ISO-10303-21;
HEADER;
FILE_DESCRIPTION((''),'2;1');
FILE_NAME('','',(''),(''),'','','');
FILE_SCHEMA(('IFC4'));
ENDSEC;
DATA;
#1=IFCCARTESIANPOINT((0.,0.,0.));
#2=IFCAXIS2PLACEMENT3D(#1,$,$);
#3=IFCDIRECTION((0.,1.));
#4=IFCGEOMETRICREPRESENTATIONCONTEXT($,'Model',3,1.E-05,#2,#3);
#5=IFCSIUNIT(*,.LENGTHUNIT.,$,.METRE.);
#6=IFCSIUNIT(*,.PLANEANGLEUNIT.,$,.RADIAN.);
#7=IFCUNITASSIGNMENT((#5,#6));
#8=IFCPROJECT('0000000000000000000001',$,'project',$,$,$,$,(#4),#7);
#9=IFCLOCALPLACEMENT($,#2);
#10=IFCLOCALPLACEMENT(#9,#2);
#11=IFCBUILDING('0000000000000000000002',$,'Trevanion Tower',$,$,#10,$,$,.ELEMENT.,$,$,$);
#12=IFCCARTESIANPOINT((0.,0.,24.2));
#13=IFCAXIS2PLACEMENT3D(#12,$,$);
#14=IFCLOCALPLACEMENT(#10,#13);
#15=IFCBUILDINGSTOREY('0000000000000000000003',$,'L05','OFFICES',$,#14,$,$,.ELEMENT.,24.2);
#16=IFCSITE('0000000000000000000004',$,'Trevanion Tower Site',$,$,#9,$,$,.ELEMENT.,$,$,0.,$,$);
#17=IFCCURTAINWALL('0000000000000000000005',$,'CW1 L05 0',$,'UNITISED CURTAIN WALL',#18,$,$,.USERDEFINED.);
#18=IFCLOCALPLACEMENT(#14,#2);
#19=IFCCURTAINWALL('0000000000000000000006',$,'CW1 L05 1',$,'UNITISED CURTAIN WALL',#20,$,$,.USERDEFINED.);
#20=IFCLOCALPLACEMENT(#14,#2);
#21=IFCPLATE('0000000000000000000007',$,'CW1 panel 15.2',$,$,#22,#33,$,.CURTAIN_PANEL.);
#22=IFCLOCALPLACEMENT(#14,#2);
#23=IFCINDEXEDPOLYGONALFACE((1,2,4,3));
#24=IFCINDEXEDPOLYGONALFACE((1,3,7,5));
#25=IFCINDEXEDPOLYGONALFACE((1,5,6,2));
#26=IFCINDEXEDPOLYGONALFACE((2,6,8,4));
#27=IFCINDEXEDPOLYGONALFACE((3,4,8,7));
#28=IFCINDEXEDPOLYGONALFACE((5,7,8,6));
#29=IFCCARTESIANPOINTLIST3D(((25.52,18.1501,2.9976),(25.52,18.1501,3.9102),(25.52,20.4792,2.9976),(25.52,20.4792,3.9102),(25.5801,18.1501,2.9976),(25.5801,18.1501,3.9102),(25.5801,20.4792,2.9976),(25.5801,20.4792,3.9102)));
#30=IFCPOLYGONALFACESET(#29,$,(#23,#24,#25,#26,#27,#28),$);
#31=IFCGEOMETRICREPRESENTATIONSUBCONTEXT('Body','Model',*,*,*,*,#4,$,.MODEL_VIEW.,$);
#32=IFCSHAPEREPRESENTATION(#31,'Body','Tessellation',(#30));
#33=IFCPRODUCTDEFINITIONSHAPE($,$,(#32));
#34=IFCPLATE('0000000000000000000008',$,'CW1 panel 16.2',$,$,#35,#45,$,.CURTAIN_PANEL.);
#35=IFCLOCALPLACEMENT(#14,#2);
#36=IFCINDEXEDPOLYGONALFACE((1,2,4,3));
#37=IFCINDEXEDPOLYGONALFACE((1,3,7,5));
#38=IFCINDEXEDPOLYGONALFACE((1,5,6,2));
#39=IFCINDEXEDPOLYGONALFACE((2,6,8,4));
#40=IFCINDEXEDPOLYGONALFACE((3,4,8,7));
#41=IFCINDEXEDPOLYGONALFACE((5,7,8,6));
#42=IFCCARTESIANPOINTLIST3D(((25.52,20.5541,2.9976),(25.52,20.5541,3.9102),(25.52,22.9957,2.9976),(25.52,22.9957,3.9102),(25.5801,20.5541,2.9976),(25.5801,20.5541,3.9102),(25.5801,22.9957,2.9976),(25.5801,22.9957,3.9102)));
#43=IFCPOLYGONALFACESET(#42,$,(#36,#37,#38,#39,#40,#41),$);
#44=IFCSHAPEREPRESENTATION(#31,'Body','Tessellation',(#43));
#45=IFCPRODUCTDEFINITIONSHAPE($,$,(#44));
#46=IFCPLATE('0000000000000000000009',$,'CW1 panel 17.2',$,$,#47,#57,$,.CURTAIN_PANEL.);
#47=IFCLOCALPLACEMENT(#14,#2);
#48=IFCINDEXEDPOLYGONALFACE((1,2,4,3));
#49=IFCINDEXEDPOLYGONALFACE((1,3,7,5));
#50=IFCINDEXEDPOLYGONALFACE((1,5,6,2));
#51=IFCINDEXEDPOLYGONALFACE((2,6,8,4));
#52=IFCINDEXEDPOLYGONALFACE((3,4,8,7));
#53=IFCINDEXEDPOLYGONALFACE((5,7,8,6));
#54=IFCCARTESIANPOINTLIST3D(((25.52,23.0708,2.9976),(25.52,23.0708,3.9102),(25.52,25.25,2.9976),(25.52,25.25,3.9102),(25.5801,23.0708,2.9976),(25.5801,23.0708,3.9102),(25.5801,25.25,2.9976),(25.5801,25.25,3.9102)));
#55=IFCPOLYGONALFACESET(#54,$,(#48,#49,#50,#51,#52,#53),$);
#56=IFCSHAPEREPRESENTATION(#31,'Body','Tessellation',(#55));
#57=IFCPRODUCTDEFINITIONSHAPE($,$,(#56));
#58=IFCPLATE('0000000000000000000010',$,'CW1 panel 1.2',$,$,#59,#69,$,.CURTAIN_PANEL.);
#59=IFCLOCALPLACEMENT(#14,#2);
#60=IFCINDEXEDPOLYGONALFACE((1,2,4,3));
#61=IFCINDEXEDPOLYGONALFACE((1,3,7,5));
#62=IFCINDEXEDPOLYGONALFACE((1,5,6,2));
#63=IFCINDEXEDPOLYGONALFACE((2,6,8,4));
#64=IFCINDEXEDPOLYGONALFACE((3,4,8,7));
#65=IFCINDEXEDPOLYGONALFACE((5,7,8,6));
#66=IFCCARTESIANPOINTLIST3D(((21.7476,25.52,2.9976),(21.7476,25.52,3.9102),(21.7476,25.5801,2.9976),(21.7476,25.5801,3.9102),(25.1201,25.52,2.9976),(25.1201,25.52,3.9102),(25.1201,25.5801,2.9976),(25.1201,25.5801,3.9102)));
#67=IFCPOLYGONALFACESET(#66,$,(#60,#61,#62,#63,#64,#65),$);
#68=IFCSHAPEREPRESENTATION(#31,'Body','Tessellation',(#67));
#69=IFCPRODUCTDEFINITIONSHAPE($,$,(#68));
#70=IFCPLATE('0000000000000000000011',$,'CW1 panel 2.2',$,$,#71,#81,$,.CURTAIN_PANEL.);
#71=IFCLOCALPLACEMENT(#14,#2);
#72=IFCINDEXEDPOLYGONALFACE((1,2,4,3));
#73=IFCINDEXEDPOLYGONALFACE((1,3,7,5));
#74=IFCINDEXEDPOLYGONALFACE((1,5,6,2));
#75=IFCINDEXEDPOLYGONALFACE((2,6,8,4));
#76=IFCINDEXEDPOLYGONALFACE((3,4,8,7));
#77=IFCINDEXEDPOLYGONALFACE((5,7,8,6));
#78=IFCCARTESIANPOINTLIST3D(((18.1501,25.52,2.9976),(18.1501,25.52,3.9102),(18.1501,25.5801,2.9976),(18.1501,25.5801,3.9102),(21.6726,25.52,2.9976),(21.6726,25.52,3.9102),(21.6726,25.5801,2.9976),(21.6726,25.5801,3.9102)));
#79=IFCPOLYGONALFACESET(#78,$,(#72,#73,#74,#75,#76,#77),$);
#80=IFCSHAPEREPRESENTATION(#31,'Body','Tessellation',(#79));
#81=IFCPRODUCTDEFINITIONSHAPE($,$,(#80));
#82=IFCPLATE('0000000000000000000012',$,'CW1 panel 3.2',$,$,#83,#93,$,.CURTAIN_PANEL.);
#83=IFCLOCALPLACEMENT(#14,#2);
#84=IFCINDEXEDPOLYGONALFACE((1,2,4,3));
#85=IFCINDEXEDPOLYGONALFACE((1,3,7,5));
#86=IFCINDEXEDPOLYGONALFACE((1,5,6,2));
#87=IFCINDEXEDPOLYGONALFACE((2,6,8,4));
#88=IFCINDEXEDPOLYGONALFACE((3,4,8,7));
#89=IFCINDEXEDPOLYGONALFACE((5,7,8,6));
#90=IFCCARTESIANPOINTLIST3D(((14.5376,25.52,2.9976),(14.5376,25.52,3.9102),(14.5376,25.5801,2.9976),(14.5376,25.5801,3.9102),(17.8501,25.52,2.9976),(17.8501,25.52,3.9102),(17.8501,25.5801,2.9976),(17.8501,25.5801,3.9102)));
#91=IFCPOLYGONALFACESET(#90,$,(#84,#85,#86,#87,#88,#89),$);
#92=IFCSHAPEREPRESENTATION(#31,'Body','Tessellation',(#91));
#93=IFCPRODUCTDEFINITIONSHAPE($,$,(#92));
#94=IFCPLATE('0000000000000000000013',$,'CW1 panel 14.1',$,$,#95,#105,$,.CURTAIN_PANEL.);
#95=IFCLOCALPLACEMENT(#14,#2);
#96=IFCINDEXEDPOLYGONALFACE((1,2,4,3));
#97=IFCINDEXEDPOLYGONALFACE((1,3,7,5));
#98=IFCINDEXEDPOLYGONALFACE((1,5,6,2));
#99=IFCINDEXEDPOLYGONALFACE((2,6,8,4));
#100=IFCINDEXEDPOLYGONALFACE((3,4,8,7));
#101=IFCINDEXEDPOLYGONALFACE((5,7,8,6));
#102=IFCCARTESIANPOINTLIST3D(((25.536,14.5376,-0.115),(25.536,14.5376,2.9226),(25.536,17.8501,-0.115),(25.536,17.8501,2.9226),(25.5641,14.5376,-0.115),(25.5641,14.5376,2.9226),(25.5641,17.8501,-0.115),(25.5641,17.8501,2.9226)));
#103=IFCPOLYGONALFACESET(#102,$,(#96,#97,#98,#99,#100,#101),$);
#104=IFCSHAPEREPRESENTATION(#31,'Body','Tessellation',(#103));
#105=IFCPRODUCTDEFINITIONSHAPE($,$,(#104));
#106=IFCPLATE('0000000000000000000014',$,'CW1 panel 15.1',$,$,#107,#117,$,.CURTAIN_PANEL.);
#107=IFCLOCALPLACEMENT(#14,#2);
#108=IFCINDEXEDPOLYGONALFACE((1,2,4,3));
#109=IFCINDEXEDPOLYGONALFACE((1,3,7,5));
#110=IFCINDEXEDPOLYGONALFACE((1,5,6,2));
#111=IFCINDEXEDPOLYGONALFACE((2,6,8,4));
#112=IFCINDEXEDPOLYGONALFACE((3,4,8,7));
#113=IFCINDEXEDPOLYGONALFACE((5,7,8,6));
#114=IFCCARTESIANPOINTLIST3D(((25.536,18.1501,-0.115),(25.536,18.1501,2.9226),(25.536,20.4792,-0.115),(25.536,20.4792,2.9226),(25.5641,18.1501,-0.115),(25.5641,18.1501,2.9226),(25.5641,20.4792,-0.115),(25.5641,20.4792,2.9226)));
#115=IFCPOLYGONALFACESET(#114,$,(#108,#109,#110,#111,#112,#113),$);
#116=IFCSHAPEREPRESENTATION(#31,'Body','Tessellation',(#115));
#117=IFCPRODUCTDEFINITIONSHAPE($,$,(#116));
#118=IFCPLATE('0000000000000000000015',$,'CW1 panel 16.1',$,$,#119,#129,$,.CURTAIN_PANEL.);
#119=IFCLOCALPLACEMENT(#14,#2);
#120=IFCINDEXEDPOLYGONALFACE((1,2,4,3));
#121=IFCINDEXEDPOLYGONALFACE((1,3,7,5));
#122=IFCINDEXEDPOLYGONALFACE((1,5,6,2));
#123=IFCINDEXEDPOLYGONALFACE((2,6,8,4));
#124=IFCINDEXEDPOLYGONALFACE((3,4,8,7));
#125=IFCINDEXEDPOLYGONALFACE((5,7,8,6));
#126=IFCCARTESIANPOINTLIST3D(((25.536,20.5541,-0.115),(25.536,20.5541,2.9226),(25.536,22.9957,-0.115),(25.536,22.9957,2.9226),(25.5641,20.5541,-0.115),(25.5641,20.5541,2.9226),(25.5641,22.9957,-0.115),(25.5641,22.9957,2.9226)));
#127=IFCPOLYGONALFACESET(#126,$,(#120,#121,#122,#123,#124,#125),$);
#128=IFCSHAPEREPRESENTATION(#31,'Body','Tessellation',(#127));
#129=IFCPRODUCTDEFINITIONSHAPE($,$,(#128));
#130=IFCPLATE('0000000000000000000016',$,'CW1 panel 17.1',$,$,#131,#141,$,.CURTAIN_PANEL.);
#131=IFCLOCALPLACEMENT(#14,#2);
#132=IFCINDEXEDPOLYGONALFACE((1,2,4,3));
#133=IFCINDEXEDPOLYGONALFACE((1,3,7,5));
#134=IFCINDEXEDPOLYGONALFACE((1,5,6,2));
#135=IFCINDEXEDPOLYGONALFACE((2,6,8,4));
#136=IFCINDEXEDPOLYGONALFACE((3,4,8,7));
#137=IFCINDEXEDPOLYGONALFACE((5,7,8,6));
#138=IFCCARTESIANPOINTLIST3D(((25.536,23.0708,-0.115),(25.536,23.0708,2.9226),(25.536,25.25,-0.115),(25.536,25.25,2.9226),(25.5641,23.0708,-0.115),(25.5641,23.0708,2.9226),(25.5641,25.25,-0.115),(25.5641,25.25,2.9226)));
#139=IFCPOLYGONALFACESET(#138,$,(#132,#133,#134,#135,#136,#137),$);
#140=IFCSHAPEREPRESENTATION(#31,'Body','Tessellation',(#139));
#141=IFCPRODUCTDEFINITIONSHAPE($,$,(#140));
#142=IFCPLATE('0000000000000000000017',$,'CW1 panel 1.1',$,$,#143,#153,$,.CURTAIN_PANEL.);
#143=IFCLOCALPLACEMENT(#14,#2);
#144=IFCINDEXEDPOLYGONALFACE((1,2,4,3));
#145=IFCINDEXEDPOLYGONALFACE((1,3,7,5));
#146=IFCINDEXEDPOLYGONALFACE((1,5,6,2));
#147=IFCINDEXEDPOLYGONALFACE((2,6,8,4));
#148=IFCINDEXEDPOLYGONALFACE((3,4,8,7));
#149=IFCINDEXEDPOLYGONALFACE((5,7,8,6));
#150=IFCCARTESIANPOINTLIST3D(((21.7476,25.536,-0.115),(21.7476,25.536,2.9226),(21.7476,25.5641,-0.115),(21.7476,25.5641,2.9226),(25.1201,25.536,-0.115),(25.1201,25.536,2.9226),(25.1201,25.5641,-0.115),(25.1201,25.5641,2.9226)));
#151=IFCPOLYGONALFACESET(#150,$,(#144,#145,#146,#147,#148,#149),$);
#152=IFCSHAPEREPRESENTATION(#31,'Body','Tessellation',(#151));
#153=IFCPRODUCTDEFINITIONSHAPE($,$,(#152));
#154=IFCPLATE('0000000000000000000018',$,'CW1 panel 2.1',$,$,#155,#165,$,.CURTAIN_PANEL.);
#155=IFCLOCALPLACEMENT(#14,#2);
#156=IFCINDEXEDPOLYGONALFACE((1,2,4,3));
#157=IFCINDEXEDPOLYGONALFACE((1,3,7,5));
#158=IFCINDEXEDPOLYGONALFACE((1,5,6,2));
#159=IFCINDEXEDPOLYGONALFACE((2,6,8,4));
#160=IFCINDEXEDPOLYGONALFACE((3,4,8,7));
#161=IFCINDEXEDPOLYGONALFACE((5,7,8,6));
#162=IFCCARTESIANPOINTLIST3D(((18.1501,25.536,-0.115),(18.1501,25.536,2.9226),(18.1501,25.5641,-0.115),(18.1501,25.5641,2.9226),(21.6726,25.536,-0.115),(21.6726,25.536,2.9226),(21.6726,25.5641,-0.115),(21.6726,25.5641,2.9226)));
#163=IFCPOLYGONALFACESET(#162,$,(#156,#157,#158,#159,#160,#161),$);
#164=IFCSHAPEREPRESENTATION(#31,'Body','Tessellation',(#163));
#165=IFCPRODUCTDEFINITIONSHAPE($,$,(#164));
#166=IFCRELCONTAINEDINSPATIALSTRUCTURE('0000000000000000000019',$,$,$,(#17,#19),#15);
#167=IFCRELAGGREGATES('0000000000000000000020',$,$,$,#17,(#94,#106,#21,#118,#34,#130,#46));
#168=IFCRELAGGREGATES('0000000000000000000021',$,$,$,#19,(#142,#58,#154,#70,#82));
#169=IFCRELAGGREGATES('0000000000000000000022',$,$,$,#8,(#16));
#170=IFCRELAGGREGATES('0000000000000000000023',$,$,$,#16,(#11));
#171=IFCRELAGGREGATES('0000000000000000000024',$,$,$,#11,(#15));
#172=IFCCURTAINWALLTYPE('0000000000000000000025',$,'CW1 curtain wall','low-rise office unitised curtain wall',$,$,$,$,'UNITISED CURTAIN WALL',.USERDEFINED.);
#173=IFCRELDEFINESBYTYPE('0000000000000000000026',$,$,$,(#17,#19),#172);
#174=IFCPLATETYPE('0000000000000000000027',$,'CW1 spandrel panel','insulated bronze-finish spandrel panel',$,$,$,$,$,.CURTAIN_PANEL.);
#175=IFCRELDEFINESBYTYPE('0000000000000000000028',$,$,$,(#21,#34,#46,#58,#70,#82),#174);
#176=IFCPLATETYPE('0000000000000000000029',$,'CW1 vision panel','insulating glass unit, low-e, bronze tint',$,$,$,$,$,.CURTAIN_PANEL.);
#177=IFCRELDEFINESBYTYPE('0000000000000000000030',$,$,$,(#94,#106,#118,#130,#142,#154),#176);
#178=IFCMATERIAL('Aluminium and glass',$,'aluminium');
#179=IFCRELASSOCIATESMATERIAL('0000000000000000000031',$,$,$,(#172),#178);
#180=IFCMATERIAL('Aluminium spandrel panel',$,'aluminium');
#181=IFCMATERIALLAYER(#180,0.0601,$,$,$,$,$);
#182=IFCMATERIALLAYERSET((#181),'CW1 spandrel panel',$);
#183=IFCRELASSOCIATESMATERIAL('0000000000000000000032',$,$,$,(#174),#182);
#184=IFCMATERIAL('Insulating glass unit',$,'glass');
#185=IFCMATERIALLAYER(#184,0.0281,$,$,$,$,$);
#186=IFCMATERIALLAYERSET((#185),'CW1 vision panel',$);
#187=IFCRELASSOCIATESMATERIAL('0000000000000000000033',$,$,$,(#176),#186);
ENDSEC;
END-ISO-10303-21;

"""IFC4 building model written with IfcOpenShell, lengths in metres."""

from ifc_helpers import new_model, si_unit, direction, frame, origin, origin_2d, place, context, subcontext, project, spatial, rectangle, extrude, material, layer, layer_set, type_object, element, aggregate, save


model = new_model("IFC4")

# Units and contexts
model_context = context("Model", 3, precision=1e-05, world=origin(), true_north=direction((0.0, 1.0)))
body_context = subcontext(model_context, "Body", "Model", "MODEL_VIEW")
ifc_project = project(units=[si_unit("LENGTHUNIT", "METRE"), si_unit("PLANEANGLEUNIT", "RADIAN")], contexts=[model_context])

# Site, building, storey
site_placement = place(None, origin())
site = spatial("IfcSite", under=ifc_project, at=site_placement, Name="Trevanion Tower Site", CompositionType="ELEMENT", RefElevation=0.0)
building_placement = place(site_placement, origin())
building = spatial("IfcBuilding", under=site, at=building_placement, Name="Trevanion Tower", CompositionType="ELEMENT")
storey_placement = place(building_placement, frame((0.0, 0.0, 24.2)))
storey = spatial("IfcBuildingStorey", under=building, at=storey_placement, Name="L05", Description="OFFICES", CompositionType="ELEMENT", Elevation=24.2)

# Curtain wall
ifc_material_1 = material(Name="Aluminium and glass", Category="aluminium")
curtain_wall_type = type_object("IfcCurtainWallType", Name="CW1 curtain wall", Description="low-rise office unitised curtain wall", ElementType="UNITISED CURTAIN WALL", PredefinedType="USERDEFINED", material=ifc_material_1)
curtain_wall_1_placement = place(storey_placement, origin())
curtain_wall_1 = element("IfcCurtainWall", 1, at=curtain_wall_1_placement, inside=storey, type_object=curtain_wall_type, Name="CW1 L05 0", ObjectType="UNITISED CURTAIN WALL", PredefinedType="USERDEFINED")

# Curtain wall
curtain_wall_2_placement = place(storey_placement, origin())
curtain_wall_2 = element("IfcCurtainWall", 2, at=curtain_wall_2_placement, inside=storey, type_object=curtain_wall_type, Name="CW1 L05 1", ObjectType="UNITISED CURTAIN WALL", PredefinedType="USERDEFINED")

# Plates
ifc_material_2 = material(Name="Aluminium spandrel panel", Category="aluminium")
ifc_layer_1 = layer(ifc_material_2, 0.0601)
ifc_layer_set_1 = layer_set([ifc_layer_1], Name="CW1 spandrel panel")
plate_type_1 = type_object("IfcPlateType", Name="CW1 spandrel panel", Description="insulated bronze-finish spandrel panel", PredefinedType="CURTAIN_PANEL", material=ifc_layer_set_1)
plate_1_placement = place(storey_placement, frame((25.55, 19.3147, 2.9976), z_axis=(0.0, 0.0, 1.0), x_axis=(0.0, 1.0, 0.0)))
plate_1 = element("IfcPlate", 3, at=plate_1_placement, type_object=plate_type_1, Name="CW1 panel 15.2", PredefinedType="CURTAIN_PANEL", context=body_context, shape_type="SweptSolid", body=[
    extrude(rectangle(XDim=2.3291, YDim=0.0601, at=origin_2d()), origin(), (0.0, 0.0, 1.0), 0.9126),
])
plate_2_placement = place(storey_placement, frame((25.55, 21.7749, 2.9976), z_axis=(0.0, 0.0, 1.0), x_axis=(0.0, 1.0, 0.0)))
plate_2 = element("IfcPlate", 4, at=plate_2_placement, type_object=plate_type_1, Name="CW1 panel 16.2", PredefinedType="CURTAIN_PANEL", context=body_context, shape_type="SweptSolid", body=[
    extrude(rectangle(XDim=2.4417, YDim=0.0601, at=origin_2d()), origin(), (0.0, 0.0, 1.0), 0.9126),
])
plate_3_placement = place(storey_placement, frame((25.55, 24.1604, 2.9976), z_axis=(0.0, 0.0, 1.0), x_axis=(0.0, 1.0, 0.0)))
plate_3 = element("IfcPlate", 5, at=plate_3_placement, type_object=plate_type_1, Name="CW1 panel 17.2", PredefinedType="CURTAIN_PANEL", context=body_context, shape_type="SweptSolid", body=[
    extrude(rectangle(XDim=2.1792, YDim=0.0601, at=origin_2d()), origin(), (0.0, 0.0, 1.0), 0.9126),
])
plate_4_placement = place(storey_placement, frame((23.4338, 25.55, 2.9976), z_axis=(0.0, 0.0, 1.0), x_axis=(-1.0, 0.0, 0.0)))
plate_4 = element("IfcPlate", 6, at=plate_4_placement, type_object=plate_type_1, Name="CW1 panel 1.2", PredefinedType="CURTAIN_PANEL", context=body_context, shape_type="SweptSolid", body=[
    extrude(rectangle(XDim=3.3726, YDim=0.0601, at=origin_2d()), origin(), (0.0, 0.0, 1.0), 0.9126),
])
plate_5_placement = place(storey_placement, frame((19.9114, 25.55, 2.9976), z_axis=(0.0, 0.0, 1.0), x_axis=(-1.0, 0.0, 0.0)))
plate_5 = element("IfcPlate", 7, at=plate_5_placement, type_object=plate_type_1, Name="CW1 panel 2.2", PredefinedType="CURTAIN_PANEL", context=body_context, shape_type="SweptSolid", body=[
    extrude(rectangle(XDim=3.5225, YDim=0.0601, at=origin_2d()), origin(), (0.0, 0.0, 1.0), 0.9126),
])
plate_6_placement = place(storey_placement, frame((16.1938, 25.55, 2.9976), z_axis=(0.0, 0.0, 1.0), x_axis=(-1.0, 0.0, 0.0)))
plate_6 = element("IfcPlate", 8, at=plate_6_placement, type_object=plate_type_1, Name="CW1 panel 3.2", PredefinedType="CURTAIN_PANEL", context=body_context, shape_type="SweptSolid", body=[
    extrude(rectangle(XDim=3.3125, YDim=0.0601, at=origin_2d()), origin(), (0.0, 0.0, 1.0), 0.9126),
])
ifc_material_3 = material(Name="Insulating glass unit", Category="glass")
ifc_layer_2 = layer(ifc_material_3, 0.0281)
ifc_layer_set_2 = layer_set([ifc_layer_2], Name="CW1 vision panel")
plate_type_2 = type_object("IfcPlateType", Name="CW1 vision panel", Description="insulating glass unit, low-e, bronze tint", PredefinedType="CURTAIN_PANEL", material=ifc_layer_set_2)
plate_7_placement = place(storey_placement, frame((25.55, 16.1938, -0.115), z_axis=(0.0, 0.0, 1.0), x_axis=(0.0, 1.0, 0.0)))
plate_7 = element("IfcPlate", 9, at=plate_7_placement, type_object=plate_type_2, Name="CW1 panel 14.1", PredefinedType="CURTAIN_PANEL", context=body_context, shape_type="SweptSolid", body=[
    extrude(rectangle(XDim=3.3125, YDim=0.0281, at=origin_2d()), origin(), (0.0, 0.0, 1.0), 3.0376),
])
plate_8_placement = place(storey_placement, frame((25.55, 19.3147, -0.115), z_axis=(0.0, 0.0, 1.0), x_axis=(0.0, 1.0, 0.0)))
plate_8 = element("IfcPlate", 10, at=plate_8_placement, type_object=plate_type_2, Name="CW1 panel 15.1", PredefinedType="CURTAIN_PANEL", context=body_context, shape_type="SweptSolid", body=[
    extrude(rectangle(XDim=2.3291, YDim=0.0281, at=origin_2d()), origin(), (0.0, 0.0, 1.0), 3.0376),
])
plate_9_placement = place(storey_placement, frame((25.55, 21.7749, -0.115), z_axis=(0.0, 0.0, 1.0), x_axis=(0.0, 1.0, 0.0)))
plate_9 = element("IfcPlate", 11, at=plate_9_placement, type_object=plate_type_2, Name="CW1 panel 16.1", PredefinedType="CURTAIN_PANEL", context=body_context, shape_type="SweptSolid", body=[
    extrude(rectangle(XDim=2.4417, YDim=0.0281, at=origin_2d()), origin(), (0.0, 0.0, 1.0), 3.0376),
])
plate_10_placement = place(storey_placement, frame((25.55, 24.1604, -0.115), z_axis=(0.0, 0.0, 1.0), x_axis=(0.0, 1.0, 0.0)))
plate_10 = element("IfcPlate", 12, at=plate_10_placement, type_object=plate_type_2, Name="CW1 panel 17.1", PredefinedType="CURTAIN_PANEL", context=body_context, shape_type="SweptSolid", body=[
    extrude(rectangle(XDim=2.1792, YDim=0.0281, at=origin_2d()), origin(), (0.0, 0.0, 1.0), 3.0376),
])
aggregate(curtain_wall_1, [plate_7, plate_8, plate_1, plate_9, plate_2, plate_10, plate_3])
plate_11_placement = place(storey_placement, frame((23.4338, 25.55, -0.115), z_axis=(0.0, 0.0, 1.0), x_axis=(-1.0, 0.0, 0.0)))
plate_11 = element("IfcPlate", 13, at=plate_11_placement, type_object=plate_type_2, Name="CW1 panel 1.1", PredefinedType="CURTAIN_PANEL", context=body_context, shape_type="SweptSolid", body=[
    extrude(rectangle(XDim=3.3726, YDim=0.0281, at=origin_2d()), origin(), (0.0, 0.0, 1.0), 3.0376),
])
plate_12_placement = place(storey_placement, frame((19.9114, 25.55, -0.115), z_axis=(0.0, 0.0, 1.0), x_axis=(-1.0, 0.0, 0.0)))
plate_12 = element("IfcPlate", 14, at=plate_12_placement, type_object=plate_type_2, Name="CW1 panel 2.1", PredefinedType="CURTAIN_PANEL", context=body_context, shape_type="SweptSolid", body=[
    extrude(rectangle(XDim=3.5225, YDim=0.0281, at=origin_2d()), origin(), (0.0, 0.0, 1.0), 3.0376),
])
aggregate(curtain_wall_2, [plate_11, plate_4, plate_12, plate_5, plate_6])

save(model, "model.ifc")
